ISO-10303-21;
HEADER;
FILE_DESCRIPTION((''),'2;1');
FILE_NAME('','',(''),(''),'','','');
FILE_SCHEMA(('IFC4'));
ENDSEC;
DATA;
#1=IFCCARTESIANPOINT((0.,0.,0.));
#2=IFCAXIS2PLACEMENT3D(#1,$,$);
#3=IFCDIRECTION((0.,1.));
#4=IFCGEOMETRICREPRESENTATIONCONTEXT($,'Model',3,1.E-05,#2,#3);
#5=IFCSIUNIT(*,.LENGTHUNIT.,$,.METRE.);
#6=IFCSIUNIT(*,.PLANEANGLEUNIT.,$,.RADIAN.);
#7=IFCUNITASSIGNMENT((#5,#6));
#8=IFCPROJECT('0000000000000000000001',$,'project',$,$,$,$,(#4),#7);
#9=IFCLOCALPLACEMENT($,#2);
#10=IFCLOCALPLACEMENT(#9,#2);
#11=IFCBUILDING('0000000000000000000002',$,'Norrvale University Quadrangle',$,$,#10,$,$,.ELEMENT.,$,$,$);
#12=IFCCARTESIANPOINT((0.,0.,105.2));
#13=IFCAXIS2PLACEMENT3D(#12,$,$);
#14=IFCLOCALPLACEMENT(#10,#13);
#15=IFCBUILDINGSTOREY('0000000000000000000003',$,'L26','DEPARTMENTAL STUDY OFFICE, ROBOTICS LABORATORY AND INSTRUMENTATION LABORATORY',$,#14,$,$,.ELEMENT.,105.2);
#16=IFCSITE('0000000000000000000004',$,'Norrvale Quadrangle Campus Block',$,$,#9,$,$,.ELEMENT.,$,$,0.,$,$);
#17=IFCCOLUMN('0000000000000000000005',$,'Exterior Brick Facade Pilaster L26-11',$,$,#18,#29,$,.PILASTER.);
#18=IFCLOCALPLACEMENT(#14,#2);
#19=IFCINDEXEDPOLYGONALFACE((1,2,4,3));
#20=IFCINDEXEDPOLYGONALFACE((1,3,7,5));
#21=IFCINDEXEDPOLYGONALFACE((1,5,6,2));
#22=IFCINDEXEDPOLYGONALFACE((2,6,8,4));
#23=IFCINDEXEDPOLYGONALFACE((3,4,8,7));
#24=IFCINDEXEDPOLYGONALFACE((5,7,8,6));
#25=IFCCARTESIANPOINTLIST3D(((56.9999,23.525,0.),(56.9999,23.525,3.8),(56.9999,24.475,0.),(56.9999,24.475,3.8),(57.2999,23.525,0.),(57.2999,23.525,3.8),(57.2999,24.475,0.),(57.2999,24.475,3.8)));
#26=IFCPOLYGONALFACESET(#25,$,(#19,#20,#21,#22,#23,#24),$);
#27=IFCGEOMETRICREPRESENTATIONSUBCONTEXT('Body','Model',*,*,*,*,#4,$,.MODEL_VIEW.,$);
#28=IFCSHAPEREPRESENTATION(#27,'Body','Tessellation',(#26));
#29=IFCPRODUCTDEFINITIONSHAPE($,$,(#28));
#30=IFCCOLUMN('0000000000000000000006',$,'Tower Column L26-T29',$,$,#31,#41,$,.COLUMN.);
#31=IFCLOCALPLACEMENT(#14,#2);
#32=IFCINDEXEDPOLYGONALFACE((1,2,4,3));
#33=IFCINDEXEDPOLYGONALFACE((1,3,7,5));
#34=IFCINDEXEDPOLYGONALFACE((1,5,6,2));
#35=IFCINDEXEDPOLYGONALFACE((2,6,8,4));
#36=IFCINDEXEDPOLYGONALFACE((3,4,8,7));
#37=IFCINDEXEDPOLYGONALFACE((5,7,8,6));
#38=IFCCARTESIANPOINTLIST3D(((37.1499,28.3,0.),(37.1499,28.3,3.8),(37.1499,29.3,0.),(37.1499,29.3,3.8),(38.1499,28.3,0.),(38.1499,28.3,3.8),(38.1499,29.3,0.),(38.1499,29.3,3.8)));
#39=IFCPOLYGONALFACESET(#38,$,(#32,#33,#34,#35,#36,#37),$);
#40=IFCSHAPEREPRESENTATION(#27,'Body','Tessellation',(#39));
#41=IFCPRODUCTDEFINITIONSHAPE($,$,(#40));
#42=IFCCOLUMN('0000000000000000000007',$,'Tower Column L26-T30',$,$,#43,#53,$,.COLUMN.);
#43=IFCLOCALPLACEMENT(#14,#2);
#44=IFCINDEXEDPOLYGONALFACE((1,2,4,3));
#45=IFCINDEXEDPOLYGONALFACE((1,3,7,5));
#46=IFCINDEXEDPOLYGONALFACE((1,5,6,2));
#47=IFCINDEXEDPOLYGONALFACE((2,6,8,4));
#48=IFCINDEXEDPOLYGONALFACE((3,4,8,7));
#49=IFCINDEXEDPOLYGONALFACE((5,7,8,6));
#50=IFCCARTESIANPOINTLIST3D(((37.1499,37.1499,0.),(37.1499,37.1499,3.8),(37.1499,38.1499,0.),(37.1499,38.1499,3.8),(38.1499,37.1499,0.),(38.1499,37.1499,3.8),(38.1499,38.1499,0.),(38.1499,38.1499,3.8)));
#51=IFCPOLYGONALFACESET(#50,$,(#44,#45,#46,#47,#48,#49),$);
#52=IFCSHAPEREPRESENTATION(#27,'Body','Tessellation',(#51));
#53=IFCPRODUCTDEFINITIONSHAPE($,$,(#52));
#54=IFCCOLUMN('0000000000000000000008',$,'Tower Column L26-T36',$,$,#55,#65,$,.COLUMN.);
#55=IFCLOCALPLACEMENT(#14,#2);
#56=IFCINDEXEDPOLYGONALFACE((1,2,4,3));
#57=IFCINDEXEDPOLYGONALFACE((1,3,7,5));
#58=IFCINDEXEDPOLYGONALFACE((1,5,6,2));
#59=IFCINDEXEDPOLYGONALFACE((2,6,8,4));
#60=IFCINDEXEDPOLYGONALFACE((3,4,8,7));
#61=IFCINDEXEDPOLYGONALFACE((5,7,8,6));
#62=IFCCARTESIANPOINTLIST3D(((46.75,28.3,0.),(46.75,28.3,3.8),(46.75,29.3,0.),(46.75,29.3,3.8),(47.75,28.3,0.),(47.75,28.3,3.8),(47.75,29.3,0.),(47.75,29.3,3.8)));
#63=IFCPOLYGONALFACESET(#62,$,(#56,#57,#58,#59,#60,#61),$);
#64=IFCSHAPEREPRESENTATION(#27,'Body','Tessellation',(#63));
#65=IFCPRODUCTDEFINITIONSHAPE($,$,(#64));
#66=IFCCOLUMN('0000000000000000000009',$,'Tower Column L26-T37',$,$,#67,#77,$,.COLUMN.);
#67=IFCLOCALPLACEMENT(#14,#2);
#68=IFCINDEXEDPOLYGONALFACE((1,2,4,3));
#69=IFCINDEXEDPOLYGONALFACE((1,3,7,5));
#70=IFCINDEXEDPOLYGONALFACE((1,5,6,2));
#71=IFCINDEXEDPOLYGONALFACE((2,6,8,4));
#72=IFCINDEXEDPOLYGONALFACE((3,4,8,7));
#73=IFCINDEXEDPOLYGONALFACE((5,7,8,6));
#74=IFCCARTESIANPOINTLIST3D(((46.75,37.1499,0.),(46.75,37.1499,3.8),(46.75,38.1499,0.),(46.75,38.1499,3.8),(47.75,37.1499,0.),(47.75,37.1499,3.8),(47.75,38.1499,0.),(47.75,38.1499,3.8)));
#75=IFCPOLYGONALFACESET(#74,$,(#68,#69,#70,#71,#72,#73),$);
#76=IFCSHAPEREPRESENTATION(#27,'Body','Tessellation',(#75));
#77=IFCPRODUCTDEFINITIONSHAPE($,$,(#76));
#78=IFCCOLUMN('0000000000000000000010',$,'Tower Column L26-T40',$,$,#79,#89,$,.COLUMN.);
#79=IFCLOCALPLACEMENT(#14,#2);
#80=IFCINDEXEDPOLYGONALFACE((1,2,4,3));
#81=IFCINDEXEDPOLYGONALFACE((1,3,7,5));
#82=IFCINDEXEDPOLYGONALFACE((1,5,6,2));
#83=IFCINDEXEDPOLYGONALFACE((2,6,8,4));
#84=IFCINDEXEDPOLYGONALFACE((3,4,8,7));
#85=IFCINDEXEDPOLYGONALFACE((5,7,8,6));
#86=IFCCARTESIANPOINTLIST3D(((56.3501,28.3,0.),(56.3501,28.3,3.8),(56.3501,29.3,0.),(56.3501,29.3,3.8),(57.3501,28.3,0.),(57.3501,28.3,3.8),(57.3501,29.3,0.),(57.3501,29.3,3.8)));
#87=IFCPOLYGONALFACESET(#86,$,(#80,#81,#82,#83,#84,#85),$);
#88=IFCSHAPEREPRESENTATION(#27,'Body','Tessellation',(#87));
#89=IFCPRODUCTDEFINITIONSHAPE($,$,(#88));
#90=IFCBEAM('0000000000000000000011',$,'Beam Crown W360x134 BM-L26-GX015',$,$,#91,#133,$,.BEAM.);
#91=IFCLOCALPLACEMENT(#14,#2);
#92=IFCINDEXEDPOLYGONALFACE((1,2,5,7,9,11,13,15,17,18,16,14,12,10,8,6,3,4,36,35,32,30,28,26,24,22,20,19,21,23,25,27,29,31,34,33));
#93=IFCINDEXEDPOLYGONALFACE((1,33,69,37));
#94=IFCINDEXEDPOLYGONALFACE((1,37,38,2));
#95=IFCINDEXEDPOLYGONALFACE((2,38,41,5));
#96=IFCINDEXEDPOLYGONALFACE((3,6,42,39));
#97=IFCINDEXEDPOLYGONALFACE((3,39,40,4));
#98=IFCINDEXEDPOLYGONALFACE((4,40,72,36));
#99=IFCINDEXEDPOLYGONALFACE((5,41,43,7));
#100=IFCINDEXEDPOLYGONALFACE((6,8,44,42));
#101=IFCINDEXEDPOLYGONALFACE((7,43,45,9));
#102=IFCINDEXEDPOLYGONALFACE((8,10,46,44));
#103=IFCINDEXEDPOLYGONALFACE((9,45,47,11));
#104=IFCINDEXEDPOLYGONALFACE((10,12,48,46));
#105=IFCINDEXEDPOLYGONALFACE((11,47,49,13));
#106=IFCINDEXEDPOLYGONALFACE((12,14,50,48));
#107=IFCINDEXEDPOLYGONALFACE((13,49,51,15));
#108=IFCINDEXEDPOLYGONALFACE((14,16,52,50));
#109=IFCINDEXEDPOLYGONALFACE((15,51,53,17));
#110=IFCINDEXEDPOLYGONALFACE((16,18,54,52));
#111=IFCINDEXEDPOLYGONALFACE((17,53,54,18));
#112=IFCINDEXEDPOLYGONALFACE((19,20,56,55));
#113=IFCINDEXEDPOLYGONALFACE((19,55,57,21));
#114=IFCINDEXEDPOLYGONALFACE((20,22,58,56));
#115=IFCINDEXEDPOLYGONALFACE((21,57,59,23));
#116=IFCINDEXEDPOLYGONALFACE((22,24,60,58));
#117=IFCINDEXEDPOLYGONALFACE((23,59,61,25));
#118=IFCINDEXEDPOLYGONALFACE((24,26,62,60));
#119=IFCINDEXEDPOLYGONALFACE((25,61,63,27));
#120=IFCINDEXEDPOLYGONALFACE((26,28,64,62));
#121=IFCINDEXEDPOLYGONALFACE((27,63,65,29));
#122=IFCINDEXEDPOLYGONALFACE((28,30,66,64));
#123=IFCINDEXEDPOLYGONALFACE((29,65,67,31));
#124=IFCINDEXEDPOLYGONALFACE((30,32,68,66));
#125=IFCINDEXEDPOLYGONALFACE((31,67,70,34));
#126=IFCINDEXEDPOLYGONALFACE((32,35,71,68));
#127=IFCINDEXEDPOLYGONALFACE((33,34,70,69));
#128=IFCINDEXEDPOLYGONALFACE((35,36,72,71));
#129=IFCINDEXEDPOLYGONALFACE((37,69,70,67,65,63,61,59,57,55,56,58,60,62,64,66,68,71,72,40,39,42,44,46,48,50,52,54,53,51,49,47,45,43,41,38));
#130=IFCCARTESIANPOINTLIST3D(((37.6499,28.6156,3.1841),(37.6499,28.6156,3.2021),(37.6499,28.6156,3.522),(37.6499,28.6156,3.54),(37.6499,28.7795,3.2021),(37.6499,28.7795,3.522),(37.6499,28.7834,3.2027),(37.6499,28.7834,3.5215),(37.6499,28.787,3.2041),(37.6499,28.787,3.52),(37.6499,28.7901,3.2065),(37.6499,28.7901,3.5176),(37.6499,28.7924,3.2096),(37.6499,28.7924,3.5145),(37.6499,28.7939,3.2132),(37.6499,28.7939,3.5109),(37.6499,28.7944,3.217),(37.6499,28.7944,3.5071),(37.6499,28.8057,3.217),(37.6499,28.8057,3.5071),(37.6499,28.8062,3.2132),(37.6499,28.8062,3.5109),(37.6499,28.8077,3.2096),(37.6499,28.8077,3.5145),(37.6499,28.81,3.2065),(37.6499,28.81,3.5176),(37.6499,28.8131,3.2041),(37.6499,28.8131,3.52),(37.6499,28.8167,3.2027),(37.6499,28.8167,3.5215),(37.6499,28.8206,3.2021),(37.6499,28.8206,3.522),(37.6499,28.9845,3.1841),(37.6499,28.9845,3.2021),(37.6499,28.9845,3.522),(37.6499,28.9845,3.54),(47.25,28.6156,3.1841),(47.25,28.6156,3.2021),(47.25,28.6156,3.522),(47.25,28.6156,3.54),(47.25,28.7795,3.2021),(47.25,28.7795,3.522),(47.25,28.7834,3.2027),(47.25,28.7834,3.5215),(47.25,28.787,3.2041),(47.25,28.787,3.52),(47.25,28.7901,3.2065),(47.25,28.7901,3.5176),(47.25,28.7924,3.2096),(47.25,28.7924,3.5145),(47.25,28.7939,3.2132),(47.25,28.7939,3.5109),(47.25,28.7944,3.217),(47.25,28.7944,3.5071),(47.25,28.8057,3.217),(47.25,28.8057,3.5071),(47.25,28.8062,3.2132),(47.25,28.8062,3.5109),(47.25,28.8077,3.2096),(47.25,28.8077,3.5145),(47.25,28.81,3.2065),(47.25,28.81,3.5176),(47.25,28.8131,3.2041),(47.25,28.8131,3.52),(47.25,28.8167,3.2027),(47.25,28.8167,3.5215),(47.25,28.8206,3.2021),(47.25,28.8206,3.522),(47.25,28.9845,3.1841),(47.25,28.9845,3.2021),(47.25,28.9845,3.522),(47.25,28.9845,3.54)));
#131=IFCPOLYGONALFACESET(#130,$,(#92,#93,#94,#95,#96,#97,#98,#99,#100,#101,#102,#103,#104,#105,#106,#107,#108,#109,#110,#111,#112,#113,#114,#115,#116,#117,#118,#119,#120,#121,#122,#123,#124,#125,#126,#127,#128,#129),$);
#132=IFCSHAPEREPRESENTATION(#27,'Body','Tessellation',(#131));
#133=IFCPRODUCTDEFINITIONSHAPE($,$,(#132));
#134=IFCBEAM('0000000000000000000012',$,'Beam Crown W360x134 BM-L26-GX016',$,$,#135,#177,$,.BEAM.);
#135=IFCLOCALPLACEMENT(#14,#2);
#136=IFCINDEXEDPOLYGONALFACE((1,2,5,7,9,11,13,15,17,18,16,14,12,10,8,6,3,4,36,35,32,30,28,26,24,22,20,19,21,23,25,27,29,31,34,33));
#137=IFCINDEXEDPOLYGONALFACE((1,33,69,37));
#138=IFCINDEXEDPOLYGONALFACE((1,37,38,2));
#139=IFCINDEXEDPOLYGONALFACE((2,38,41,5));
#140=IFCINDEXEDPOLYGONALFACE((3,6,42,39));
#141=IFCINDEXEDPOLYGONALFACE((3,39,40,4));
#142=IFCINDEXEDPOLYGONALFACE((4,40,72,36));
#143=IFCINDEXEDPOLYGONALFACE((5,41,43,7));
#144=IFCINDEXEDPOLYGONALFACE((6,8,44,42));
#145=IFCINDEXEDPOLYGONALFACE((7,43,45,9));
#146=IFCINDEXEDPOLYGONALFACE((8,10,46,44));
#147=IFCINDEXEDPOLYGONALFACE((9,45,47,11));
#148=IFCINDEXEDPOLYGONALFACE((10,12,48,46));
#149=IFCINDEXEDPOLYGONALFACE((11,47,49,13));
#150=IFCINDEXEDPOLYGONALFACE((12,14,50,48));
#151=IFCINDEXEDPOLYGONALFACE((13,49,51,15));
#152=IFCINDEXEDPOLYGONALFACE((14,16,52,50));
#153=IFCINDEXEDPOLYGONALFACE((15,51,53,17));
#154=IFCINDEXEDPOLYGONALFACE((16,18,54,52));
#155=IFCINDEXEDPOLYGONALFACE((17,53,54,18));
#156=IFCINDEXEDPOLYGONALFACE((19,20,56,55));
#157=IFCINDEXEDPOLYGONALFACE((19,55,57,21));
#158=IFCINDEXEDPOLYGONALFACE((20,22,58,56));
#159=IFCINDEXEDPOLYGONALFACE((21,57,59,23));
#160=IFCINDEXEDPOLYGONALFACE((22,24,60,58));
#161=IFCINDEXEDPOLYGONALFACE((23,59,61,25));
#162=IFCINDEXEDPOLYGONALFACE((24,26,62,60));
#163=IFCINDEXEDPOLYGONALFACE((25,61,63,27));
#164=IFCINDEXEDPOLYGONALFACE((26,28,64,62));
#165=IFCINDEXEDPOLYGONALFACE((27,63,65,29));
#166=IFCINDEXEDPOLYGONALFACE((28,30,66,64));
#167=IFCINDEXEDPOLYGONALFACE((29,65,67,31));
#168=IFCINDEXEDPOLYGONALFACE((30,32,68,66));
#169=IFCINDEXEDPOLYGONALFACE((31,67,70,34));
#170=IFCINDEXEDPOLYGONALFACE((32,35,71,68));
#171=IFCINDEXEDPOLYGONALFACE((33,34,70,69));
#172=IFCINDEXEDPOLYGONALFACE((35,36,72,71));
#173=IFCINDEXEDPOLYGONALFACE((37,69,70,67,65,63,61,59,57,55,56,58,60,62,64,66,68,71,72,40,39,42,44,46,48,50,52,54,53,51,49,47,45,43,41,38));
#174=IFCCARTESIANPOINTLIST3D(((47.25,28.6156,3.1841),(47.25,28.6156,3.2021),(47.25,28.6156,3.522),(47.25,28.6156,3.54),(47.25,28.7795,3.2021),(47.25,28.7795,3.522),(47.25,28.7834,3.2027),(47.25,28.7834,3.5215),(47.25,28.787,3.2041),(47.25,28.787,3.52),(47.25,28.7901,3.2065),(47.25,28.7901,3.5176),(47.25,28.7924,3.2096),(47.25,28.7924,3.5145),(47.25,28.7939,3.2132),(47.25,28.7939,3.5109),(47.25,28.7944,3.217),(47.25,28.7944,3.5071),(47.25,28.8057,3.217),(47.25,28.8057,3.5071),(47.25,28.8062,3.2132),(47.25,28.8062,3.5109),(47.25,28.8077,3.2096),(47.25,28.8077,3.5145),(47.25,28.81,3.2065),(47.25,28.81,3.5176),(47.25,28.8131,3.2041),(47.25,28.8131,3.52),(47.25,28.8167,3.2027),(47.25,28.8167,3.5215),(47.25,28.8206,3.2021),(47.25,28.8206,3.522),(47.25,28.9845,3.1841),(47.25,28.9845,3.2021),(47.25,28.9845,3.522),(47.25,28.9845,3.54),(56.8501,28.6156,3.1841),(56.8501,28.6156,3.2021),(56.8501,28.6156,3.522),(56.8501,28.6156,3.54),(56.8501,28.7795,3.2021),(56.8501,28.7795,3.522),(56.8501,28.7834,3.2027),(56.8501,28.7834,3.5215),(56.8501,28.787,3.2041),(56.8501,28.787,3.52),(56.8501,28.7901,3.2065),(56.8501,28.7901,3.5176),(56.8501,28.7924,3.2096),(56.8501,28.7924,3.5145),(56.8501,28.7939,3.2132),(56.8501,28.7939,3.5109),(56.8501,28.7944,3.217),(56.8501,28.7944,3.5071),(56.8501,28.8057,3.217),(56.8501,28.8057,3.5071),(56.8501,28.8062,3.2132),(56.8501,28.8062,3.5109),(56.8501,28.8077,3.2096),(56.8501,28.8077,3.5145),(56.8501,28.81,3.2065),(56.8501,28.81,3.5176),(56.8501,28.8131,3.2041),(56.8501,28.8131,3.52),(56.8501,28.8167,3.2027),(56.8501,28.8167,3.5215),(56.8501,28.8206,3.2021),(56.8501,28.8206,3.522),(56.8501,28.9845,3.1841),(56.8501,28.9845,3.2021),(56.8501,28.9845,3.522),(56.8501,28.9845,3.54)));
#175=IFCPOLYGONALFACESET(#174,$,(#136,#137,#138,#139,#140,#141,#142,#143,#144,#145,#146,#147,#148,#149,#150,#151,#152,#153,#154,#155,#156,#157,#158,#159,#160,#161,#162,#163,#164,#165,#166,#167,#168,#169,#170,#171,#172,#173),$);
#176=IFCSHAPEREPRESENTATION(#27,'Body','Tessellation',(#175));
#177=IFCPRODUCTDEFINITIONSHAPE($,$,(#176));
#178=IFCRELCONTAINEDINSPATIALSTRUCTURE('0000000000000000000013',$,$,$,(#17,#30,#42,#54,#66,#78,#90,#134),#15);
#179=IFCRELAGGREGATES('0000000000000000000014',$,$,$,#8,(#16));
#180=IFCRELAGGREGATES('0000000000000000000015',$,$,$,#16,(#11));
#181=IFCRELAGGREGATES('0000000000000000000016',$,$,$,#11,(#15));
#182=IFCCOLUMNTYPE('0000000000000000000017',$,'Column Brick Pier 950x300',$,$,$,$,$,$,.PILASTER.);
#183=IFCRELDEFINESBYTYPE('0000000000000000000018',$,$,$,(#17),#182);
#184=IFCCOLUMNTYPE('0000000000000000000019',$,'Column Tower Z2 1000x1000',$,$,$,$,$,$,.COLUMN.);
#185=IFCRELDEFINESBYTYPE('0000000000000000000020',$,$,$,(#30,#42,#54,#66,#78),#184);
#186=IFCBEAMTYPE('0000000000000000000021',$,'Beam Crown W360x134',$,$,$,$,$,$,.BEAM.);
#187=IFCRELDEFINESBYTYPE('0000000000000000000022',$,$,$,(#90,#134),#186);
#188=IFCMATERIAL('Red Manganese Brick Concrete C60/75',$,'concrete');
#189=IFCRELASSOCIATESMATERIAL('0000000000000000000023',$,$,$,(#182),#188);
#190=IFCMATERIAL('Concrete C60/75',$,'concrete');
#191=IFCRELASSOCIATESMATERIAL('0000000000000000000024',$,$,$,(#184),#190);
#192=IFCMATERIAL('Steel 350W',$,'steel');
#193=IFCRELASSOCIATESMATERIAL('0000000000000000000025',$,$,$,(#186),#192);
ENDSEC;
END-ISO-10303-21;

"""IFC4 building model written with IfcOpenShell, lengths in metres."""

from ifc_helpers import new_model, si_unit, direction, frame, origin, origin_2d, place, context, subcontext, project, spatial, rectangle, i_section, extrude, material, material_profile, profile_set, type_object, element, save


model = new_model("IFC4")

# Units and contexts
model_context = context("Model", 3, precision=1e-05, world=origin(), true_north=direction((0.0, 1.0)))
body_context = subcontext(model_context, "Body", "Model", "MODEL_VIEW")
ifc_project = project(units=[si_unit("LENGTHUNIT", "METRE"), si_unit("PLANEANGLEUNIT", "RADIAN")], contexts=[model_context])

# Site, building, storey
site_placement = place(None, origin())
site = spatial("IfcSite", under=ifc_project, at=site_placement, Name="Norrvale Quadrangle Campus Block", CompositionType="ELEMENT", RefElevation=0.0)
building_placement = place(site_placement, origin())
building = spatial("IfcBuilding", under=site, at=building_placement, Name="Norrvale University Quadrangle", CompositionType="ELEMENT")
storey_placement = place(building_placement, frame((0.0, 0.0, 105.2)))
storey = spatial("IfcBuildingStorey", under=building, at=storey_placement, Name="L26", Description="DEPARTMENTAL STUDY OFFICE, ROBOTICS LABORATORY AND INSTRUMENTATION LABORATORY", CompositionType="ELEMENT", Elevation=105.2)

# Columns
ifc_material_1 = material(Name="Red Manganese Brick Concrete C60/75", Category="concrete")
ifc_material_profile_1 = material_profile(ifc_material_1, rectangle(XDim=0.95, YDim=0.3, at=origin_2d()), Name="Red Manganese Brick Concrete C60/75")
ifc_profile_set_1 = profile_set([ifc_material_profile_1], Name="Red Manganese Brick Concrete C60/75")
column_type_1 = type_object("IfcColumnType", Name="Column Brick Pier 950x300", PredefinedType="PILASTER", material=ifc_profile_set_1)
column_placement = place(storey_placement, frame((57.1499, 24.0, 0.0), z_axis=(0.0, 0.0, 1.0), x_axis=(0.0, 1.0, 0.0)))
element("IfcColumn", 1, at=column_placement, inside=storey, type_object=column_type_1, Name="Exterior Brick Facade Pilaster L26-11", PredefinedType="PILASTER", context=body_context, shape_type="SweptSolid", body=[
    extrude(rectangle(XDim=0.95, YDim=0.3, at=origin_2d()), origin(), (0.0, 0.0, 1.0), 3.8),
])
ifc_material_2 = material(Name="Concrete C60/75", Category="concrete")
ifc_material_profile_2 = material_profile(ifc_material_2, rectangle(XDim=1.0, YDim=1.0, at=origin_2d()), Name="Concrete C60/75")
ifc_profile_set_2 = profile_set([ifc_material_profile_2], Name="Concrete C60/75")
column_type_2 = type_object("IfcColumnType", Name="Column Tower Z2 1000x1000", PredefinedType="COLUMN", material=ifc_profile_set_2)
for number, where, z_axis, x_axis, name in (
    (2, (37.6499, 28.8, 0.0), (0.0, 0.0, 1.0), (1.0, 0.0, 0.0), "Tower Column L26-T29"),
    (3, (37.6499, 37.6499, 0.0), (0.0, 0.0, 1.0), (1.0, 0.0, 0.0), "Tower Column L26-T30"),
    (4, (47.25, 28.8, 0.0), (0.0, 0.0, 1.0), (1.0, 0.0, 0.0), "Tower Column L26-T36"),
    (5, (47.25, 37.6499, 0.0), (0.0, 0.0, 1.0), (1.0, 0.0, 0.0), "Tower Column L26-T37"),
    (6, (56.8501, 28.8, 0.0), (0.0, 0.0, 1.0), (1.0, 0.0, 0.0), "Tower Column L26-T40"),
):
    element("IfcColumn", number, at=place(storey_placement, frame(where, z_axis=z_axis, x_axis=x_axis)), inside=storey, type_object=column_type_2, Name=name, PredefinedType="COLUMN", context=body_context, shape_type="SweptSolid", body=[
        extrude(rectangle(XDim=1.0, YDim=1.0, at=origin_2d()), origin(), (0.0, 0.0, 1.0), 3.8),
    ])

# Beams
ifc_material_3 = material(Name="Steel 350W", Category="steel")
ifc_material_profile_3 = material_profile(ifc_material_3, i_section(OverallWidth=0.3689, OverallDepth=0.356, WebThickness=0.0112, FlangeThickness=0.0181, FilletRadius=0.0149, at=origin_2d()), Name="Steel 350W")
ifc_profile_set_3 = profile_set([ifc_material_profile_3], Name="Steel 350W")
beam_type_1 = type_object("IfcBeamType", Name="Beam Crown W360x134", PredefinedType="BEAM", material=ifc_profile_set_3)
for number, where, z_axis, x_axis, name in (
    (7, (37.6499, 28.8, 3.3621), (1.0, 0.0, 0.0), (0.0, 1.0, 0.0), "Beam Crown W360x134 BM-L26-GX015"),
    (8, (47.25, 28.8, 3.3621), (1.0, 0.0, 0.0), (0.0, 1.0, 0.0), "Beam Crown W360x134 BM-L26-GX016"),
):
    element("IfcBeam", number, at=place(storey_placement, frame(where, z_axis=z_axis, x_axis=x_axis)), inside=storey, type_object=beam_type_1, Name=name, PredefinedType="BEAM", context=body_context, shape_type="SweptSolid", body=[
        extrude(i_section(OverallWidth=0.3689, OverallDepth=0.356, WebThickness=0.0112, FlangeThickness=0.0181, FilletRadius=0.0149, at=origin_2d()), origin(), (0.0, 0.0, 1.0), 9.6001),
    ])

save(model, "model.ifc")
